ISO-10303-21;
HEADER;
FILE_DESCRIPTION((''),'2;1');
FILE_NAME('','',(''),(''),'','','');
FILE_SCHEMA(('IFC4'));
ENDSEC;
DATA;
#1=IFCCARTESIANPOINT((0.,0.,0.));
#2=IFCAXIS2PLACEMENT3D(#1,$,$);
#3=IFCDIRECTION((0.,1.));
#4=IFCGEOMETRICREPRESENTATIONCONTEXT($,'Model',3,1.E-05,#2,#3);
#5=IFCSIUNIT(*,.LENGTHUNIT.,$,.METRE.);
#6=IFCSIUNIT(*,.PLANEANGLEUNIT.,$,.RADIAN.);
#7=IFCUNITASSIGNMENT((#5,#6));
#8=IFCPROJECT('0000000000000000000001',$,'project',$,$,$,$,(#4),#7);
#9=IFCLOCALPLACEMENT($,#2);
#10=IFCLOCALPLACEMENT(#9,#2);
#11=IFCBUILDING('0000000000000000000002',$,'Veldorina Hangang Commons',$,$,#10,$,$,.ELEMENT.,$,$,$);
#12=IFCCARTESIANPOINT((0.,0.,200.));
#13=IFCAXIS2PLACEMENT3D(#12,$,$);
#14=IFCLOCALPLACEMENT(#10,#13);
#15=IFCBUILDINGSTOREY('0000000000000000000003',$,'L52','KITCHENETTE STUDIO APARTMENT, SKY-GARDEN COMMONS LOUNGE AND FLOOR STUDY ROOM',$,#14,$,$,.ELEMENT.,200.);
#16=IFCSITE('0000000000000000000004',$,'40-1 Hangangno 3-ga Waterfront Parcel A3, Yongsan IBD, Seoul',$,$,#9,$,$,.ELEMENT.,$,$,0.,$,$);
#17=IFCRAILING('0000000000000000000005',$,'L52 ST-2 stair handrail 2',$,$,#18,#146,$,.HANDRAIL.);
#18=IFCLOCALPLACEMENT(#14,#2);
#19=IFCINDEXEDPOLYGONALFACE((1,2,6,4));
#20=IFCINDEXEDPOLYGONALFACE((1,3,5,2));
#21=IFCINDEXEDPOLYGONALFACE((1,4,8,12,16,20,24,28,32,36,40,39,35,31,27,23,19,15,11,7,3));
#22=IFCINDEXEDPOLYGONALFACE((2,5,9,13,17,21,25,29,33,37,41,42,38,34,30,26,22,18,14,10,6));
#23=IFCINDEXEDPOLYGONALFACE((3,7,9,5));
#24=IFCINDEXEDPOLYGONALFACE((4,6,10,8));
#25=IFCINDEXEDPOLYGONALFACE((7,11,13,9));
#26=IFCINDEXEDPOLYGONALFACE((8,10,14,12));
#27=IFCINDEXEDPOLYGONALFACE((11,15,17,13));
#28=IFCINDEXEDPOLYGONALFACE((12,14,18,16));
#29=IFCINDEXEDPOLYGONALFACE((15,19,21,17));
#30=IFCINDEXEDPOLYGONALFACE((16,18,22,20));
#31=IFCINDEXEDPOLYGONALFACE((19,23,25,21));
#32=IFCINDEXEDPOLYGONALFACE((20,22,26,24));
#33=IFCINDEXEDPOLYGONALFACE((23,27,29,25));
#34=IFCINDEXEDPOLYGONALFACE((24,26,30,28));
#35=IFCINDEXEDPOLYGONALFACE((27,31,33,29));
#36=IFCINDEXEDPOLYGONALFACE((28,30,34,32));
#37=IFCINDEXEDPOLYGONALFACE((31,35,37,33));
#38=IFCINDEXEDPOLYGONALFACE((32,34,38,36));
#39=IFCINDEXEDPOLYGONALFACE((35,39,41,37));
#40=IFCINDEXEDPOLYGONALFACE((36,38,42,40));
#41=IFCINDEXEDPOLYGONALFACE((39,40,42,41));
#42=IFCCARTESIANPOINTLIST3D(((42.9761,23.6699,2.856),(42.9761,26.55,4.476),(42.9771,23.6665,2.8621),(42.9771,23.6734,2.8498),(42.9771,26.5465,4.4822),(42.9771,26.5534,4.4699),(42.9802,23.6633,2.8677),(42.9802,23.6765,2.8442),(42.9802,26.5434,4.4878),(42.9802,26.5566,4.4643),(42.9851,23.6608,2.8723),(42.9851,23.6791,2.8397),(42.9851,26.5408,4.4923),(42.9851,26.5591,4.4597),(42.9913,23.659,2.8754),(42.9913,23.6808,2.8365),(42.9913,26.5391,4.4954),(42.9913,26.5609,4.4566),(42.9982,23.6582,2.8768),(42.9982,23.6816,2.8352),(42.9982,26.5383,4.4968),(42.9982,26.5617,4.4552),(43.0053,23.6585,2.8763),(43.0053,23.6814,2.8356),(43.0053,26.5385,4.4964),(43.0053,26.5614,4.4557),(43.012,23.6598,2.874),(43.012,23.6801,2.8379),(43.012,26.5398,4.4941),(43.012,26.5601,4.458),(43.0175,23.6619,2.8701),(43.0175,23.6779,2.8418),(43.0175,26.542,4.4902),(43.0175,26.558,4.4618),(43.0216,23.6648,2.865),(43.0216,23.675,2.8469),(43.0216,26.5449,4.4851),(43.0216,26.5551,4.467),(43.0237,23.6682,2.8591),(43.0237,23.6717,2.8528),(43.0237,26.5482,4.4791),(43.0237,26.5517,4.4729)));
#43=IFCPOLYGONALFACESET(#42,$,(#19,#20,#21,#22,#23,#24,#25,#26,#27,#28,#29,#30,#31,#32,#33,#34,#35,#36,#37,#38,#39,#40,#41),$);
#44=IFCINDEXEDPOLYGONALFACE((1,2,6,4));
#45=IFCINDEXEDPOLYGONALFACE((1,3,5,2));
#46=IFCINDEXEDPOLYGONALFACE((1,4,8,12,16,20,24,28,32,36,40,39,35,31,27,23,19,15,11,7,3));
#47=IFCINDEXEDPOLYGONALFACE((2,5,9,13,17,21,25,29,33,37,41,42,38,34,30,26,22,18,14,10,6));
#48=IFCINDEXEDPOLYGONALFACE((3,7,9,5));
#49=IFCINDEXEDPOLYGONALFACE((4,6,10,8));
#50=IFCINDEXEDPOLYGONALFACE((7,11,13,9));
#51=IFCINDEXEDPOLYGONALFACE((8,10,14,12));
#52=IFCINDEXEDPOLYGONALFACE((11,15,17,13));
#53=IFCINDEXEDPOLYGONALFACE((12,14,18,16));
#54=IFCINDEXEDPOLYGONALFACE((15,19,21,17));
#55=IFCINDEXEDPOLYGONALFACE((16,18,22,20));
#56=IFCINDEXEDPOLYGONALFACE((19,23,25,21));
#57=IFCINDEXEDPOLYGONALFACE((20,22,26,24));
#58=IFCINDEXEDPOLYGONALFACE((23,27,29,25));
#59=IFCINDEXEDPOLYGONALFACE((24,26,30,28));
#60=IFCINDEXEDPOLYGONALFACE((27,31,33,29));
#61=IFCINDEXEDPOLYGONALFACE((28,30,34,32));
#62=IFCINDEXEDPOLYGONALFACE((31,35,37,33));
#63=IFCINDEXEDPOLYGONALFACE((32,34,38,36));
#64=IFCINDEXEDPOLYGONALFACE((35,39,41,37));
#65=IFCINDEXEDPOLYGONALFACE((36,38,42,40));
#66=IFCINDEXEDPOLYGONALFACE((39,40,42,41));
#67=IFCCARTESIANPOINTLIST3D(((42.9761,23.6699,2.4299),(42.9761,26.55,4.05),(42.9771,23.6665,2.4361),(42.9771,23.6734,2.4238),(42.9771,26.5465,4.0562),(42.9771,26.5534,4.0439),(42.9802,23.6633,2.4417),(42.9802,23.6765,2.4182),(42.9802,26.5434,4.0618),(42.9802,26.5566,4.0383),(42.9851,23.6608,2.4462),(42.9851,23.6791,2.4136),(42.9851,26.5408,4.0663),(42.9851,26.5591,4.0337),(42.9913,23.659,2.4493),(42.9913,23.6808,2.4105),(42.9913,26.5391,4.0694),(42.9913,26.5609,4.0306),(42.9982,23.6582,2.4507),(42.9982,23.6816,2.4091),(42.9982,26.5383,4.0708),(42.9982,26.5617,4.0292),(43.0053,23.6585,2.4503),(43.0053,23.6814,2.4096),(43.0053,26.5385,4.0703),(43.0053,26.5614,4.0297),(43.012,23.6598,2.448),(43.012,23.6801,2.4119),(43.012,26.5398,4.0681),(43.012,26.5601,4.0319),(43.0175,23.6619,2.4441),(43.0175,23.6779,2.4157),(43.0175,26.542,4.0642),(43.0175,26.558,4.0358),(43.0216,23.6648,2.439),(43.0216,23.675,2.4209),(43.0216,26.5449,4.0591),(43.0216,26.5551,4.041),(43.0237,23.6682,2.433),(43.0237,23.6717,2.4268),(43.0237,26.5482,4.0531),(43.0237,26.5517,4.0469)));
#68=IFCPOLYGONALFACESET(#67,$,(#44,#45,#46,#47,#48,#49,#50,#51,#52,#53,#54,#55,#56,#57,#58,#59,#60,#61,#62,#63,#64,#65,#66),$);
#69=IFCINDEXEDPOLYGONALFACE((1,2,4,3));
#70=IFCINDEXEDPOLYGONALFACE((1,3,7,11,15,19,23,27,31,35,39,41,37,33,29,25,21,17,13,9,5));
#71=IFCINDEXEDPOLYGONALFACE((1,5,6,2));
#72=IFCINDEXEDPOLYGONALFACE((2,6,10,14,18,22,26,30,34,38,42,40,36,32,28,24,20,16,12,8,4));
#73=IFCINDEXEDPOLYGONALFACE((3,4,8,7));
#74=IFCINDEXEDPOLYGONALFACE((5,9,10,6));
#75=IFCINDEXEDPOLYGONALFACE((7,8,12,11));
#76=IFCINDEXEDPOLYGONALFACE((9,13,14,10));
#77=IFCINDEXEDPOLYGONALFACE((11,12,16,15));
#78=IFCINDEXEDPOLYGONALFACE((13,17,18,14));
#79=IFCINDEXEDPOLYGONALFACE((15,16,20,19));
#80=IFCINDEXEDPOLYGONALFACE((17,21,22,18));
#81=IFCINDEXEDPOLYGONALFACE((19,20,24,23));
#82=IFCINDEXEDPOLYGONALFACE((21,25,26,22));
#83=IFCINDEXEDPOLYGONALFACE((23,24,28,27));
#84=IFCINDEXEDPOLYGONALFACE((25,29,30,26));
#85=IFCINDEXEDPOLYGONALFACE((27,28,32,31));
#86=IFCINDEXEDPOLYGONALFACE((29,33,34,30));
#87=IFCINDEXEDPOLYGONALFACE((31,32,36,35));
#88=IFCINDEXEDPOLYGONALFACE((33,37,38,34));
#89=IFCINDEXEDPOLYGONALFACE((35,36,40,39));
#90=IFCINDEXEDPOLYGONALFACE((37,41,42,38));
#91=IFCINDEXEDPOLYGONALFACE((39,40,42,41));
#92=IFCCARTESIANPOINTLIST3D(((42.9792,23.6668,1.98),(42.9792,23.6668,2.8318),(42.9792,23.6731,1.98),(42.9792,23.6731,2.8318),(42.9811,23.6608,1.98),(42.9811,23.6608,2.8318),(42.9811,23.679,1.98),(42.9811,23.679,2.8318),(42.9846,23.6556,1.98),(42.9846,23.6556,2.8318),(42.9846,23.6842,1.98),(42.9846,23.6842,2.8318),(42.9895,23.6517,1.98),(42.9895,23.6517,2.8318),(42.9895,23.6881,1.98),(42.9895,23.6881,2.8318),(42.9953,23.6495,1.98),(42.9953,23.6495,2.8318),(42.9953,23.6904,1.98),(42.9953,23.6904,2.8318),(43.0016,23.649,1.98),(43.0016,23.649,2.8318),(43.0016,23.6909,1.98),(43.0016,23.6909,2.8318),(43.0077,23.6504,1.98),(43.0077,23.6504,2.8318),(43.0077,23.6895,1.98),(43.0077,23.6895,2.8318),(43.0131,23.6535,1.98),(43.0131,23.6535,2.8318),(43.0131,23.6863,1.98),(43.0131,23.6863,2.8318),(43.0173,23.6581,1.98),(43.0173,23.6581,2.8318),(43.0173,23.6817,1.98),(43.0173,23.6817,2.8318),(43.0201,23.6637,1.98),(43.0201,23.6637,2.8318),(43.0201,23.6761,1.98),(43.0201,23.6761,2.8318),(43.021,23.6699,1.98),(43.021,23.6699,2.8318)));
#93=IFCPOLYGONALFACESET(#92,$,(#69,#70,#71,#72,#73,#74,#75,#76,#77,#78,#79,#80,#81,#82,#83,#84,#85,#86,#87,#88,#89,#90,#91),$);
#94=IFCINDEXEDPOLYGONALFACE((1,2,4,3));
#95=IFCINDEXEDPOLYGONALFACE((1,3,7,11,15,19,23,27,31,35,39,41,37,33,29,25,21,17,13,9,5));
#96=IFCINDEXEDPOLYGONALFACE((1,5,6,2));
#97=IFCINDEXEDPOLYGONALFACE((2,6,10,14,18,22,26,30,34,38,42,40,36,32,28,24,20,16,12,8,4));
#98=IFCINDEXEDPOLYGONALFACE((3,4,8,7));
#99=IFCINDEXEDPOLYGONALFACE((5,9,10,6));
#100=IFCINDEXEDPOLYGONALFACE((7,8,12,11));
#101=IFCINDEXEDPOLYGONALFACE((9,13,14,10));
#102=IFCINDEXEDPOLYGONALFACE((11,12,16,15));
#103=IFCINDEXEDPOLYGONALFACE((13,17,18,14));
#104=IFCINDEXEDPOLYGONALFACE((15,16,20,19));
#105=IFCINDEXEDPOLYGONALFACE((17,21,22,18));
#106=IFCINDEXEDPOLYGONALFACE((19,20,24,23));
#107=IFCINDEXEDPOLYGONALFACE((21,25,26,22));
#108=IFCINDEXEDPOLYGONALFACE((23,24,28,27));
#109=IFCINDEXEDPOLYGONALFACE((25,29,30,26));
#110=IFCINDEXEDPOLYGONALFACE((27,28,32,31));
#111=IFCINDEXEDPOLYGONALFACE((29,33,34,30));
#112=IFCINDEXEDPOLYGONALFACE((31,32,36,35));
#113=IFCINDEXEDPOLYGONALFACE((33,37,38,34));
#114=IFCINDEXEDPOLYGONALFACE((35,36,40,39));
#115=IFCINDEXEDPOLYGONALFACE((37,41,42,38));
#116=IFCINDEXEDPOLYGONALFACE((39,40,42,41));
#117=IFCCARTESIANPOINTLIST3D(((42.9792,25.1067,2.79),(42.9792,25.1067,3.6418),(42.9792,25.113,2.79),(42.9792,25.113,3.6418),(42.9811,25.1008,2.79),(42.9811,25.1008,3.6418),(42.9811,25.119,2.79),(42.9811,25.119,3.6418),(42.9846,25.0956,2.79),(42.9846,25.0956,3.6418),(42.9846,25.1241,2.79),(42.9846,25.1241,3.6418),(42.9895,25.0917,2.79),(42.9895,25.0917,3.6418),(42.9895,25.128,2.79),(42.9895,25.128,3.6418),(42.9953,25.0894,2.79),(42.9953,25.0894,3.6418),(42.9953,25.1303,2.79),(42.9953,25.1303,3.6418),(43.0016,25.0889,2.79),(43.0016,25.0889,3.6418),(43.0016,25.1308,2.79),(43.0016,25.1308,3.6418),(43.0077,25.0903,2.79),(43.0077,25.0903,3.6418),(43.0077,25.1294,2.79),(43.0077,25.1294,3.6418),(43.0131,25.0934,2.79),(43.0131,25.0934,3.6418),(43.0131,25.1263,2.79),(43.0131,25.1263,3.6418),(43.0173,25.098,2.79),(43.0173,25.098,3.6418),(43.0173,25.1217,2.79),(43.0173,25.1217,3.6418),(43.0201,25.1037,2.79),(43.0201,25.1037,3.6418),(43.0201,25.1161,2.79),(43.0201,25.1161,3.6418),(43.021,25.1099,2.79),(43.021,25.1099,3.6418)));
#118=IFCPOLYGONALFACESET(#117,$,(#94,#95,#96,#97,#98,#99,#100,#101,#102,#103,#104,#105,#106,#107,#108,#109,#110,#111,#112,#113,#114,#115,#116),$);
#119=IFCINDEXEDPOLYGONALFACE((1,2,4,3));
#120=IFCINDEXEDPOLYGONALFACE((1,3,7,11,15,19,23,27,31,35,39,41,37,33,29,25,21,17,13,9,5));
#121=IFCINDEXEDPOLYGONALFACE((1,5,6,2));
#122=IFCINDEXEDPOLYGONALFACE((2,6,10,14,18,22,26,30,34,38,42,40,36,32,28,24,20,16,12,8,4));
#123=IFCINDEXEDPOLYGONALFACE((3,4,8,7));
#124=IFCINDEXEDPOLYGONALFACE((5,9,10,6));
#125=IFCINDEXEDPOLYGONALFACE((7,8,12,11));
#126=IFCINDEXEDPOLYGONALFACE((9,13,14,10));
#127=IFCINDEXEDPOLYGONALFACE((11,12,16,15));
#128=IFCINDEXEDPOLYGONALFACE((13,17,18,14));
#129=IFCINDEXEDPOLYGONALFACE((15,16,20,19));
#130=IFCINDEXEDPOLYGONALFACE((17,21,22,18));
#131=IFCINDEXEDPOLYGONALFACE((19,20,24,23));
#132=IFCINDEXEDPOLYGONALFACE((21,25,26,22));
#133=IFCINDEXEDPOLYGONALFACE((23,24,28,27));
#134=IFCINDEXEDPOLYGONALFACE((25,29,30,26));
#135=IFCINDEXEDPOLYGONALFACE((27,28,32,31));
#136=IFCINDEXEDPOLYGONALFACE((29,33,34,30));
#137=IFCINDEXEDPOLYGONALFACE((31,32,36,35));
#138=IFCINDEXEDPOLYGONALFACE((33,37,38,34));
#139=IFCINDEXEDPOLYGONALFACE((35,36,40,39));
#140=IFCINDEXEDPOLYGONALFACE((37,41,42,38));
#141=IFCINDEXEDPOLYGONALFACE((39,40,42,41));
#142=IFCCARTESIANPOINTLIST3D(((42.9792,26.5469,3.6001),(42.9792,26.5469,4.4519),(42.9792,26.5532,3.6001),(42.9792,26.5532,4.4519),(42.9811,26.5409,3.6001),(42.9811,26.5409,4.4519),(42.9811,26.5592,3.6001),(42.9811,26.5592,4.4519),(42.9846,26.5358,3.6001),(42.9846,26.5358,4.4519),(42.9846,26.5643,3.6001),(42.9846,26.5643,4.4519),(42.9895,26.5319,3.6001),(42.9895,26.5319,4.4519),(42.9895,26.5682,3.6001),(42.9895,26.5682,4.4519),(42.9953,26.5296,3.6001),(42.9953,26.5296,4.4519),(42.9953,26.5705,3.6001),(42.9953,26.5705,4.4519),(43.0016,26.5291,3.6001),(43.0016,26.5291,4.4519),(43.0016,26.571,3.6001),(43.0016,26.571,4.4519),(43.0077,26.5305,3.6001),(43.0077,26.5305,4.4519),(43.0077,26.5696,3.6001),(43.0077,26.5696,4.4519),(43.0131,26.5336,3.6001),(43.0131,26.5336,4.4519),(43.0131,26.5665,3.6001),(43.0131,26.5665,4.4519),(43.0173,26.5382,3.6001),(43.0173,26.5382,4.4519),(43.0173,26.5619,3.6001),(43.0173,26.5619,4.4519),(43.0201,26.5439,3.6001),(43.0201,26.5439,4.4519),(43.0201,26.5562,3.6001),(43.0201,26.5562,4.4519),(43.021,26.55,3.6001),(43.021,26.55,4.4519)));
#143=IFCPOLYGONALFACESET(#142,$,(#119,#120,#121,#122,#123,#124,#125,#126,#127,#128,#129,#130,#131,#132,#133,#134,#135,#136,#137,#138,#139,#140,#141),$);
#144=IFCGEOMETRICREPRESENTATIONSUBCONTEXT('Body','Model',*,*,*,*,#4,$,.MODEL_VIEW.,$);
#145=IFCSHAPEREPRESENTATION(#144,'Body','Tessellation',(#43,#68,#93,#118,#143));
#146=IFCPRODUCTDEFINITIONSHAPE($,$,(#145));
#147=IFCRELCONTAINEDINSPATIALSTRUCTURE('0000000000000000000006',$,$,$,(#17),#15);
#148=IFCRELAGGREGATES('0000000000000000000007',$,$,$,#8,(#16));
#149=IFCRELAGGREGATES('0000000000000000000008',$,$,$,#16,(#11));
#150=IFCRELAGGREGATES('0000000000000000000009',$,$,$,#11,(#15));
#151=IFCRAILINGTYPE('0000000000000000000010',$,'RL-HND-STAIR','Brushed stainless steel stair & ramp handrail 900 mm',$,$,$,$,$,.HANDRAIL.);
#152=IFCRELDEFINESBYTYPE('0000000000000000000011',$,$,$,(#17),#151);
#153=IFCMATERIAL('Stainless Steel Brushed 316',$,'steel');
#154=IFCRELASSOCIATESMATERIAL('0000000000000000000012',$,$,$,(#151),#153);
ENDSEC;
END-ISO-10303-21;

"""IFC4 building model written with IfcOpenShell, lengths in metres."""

from ifc_helpers import new_model, si_unit, direction, frame, origin, origin_2d, place, context, subcontext, project, spatial, circle, extrude, material, type_object, element, save


model = new_model("IFC4")

# Units and contexts
model_context = context("Model", 3, precision=1e-05, world=origin(), true_north=direction((0.0, 1.0)))
body_context = subcontext(model_context, "Body", "Model", "MODEL_VIEW")
ifc_project = project(units=[si_unit("LENGTHUNIT", "METRE"), si_unit("PLANEANGLEUNIT", "RADIAN")], contexts=[model_context])

# Site, building, storey
site_placement = place(None, origin())
site = spatial("IfcSite", under=ifc_project, at=site_placement, Name="40-1 Hangangno 3-ga Waterfront Parcel A3, Yongsan IBD, Seoul", CompositionType="ELEMENT", RefElevation=0.0)
building_placement = place(site_placement, origin())
building = spatial("IfcBuilding", under=site, at=building_placement, Name="Veldorina Hangang Commons", CompositionType="ELEMENT")
storey_placement = place(building_placement, frame((0.0, 0.0, 200.0)))
storey = spatial("IfcBuildingStorey", under=building, at=storey_placement, Name="L52", Description="KITCHENETTE STUDIO APARTMENT, SKY-GARDEN COMMONS LOUNGE AND FLOOR STUDY ROOM", CompositionType="ELEMENT", Elevation=200.0)

# Railing
ifc_material_1 = material(Name="Stainless Steel Brushed 316", Category="steel")
railing_type_1 = type_object("IfcRailingType", Name="RL-HND-STAIR", Description="Brushed stainless steel stair & ramp handrail 900 mm", PredefinedType="HANDRAIL", material=ifc_material_1)
railing_1_placement = place(storey_placement, frame((43.0, 23.6699, 1.98)))
element("IfcRailing", 1, at=railing_1_placement, inside=storey, type_object=railing_type_1, Name="L52 ST-2 stair handrail 2", PredefinedType="HANDRAIL", context=body_context, shape_type="SweptSolid", body=[
    extrude(circle(Radius=0.0239, at=origin_2d()), frame((0.0, 0.0, 0.876), z_axis=(0.0, 0.87157, 0.490272), x_axis=(-1.0, 0.0, 0.0)), (0.0, 0.0, 1.0), 3.3044),
    extrude(circle(Radius=0.0239, at=origin_2d()), frame((0.0, 0.0, 0.45), z_axis=(0.0, 0.87157, 0.490272), x_axis=(-1.0, 0.0, 0.0)), (0.0, 0.0, 1.0), 3.3044),
    extrude(circle(Radius=0.021, at=origin_2d()), origin(), (0.0, 0.0, 1.0), 0.8518),
    extrude(circle(Radius=0.021, at=origin_2d()), frame((0.0, 1.4399, 0.8101)), (0.0, 0.0, 1.0), 0.8518),
    extrude(circle(Radius=0.021, at=origin_2d()), frame((0.0, 2.8801, 1.6201)), (0.0, 0.0, 1.0), 0.8518),
])

save(model, "model.ifc")
